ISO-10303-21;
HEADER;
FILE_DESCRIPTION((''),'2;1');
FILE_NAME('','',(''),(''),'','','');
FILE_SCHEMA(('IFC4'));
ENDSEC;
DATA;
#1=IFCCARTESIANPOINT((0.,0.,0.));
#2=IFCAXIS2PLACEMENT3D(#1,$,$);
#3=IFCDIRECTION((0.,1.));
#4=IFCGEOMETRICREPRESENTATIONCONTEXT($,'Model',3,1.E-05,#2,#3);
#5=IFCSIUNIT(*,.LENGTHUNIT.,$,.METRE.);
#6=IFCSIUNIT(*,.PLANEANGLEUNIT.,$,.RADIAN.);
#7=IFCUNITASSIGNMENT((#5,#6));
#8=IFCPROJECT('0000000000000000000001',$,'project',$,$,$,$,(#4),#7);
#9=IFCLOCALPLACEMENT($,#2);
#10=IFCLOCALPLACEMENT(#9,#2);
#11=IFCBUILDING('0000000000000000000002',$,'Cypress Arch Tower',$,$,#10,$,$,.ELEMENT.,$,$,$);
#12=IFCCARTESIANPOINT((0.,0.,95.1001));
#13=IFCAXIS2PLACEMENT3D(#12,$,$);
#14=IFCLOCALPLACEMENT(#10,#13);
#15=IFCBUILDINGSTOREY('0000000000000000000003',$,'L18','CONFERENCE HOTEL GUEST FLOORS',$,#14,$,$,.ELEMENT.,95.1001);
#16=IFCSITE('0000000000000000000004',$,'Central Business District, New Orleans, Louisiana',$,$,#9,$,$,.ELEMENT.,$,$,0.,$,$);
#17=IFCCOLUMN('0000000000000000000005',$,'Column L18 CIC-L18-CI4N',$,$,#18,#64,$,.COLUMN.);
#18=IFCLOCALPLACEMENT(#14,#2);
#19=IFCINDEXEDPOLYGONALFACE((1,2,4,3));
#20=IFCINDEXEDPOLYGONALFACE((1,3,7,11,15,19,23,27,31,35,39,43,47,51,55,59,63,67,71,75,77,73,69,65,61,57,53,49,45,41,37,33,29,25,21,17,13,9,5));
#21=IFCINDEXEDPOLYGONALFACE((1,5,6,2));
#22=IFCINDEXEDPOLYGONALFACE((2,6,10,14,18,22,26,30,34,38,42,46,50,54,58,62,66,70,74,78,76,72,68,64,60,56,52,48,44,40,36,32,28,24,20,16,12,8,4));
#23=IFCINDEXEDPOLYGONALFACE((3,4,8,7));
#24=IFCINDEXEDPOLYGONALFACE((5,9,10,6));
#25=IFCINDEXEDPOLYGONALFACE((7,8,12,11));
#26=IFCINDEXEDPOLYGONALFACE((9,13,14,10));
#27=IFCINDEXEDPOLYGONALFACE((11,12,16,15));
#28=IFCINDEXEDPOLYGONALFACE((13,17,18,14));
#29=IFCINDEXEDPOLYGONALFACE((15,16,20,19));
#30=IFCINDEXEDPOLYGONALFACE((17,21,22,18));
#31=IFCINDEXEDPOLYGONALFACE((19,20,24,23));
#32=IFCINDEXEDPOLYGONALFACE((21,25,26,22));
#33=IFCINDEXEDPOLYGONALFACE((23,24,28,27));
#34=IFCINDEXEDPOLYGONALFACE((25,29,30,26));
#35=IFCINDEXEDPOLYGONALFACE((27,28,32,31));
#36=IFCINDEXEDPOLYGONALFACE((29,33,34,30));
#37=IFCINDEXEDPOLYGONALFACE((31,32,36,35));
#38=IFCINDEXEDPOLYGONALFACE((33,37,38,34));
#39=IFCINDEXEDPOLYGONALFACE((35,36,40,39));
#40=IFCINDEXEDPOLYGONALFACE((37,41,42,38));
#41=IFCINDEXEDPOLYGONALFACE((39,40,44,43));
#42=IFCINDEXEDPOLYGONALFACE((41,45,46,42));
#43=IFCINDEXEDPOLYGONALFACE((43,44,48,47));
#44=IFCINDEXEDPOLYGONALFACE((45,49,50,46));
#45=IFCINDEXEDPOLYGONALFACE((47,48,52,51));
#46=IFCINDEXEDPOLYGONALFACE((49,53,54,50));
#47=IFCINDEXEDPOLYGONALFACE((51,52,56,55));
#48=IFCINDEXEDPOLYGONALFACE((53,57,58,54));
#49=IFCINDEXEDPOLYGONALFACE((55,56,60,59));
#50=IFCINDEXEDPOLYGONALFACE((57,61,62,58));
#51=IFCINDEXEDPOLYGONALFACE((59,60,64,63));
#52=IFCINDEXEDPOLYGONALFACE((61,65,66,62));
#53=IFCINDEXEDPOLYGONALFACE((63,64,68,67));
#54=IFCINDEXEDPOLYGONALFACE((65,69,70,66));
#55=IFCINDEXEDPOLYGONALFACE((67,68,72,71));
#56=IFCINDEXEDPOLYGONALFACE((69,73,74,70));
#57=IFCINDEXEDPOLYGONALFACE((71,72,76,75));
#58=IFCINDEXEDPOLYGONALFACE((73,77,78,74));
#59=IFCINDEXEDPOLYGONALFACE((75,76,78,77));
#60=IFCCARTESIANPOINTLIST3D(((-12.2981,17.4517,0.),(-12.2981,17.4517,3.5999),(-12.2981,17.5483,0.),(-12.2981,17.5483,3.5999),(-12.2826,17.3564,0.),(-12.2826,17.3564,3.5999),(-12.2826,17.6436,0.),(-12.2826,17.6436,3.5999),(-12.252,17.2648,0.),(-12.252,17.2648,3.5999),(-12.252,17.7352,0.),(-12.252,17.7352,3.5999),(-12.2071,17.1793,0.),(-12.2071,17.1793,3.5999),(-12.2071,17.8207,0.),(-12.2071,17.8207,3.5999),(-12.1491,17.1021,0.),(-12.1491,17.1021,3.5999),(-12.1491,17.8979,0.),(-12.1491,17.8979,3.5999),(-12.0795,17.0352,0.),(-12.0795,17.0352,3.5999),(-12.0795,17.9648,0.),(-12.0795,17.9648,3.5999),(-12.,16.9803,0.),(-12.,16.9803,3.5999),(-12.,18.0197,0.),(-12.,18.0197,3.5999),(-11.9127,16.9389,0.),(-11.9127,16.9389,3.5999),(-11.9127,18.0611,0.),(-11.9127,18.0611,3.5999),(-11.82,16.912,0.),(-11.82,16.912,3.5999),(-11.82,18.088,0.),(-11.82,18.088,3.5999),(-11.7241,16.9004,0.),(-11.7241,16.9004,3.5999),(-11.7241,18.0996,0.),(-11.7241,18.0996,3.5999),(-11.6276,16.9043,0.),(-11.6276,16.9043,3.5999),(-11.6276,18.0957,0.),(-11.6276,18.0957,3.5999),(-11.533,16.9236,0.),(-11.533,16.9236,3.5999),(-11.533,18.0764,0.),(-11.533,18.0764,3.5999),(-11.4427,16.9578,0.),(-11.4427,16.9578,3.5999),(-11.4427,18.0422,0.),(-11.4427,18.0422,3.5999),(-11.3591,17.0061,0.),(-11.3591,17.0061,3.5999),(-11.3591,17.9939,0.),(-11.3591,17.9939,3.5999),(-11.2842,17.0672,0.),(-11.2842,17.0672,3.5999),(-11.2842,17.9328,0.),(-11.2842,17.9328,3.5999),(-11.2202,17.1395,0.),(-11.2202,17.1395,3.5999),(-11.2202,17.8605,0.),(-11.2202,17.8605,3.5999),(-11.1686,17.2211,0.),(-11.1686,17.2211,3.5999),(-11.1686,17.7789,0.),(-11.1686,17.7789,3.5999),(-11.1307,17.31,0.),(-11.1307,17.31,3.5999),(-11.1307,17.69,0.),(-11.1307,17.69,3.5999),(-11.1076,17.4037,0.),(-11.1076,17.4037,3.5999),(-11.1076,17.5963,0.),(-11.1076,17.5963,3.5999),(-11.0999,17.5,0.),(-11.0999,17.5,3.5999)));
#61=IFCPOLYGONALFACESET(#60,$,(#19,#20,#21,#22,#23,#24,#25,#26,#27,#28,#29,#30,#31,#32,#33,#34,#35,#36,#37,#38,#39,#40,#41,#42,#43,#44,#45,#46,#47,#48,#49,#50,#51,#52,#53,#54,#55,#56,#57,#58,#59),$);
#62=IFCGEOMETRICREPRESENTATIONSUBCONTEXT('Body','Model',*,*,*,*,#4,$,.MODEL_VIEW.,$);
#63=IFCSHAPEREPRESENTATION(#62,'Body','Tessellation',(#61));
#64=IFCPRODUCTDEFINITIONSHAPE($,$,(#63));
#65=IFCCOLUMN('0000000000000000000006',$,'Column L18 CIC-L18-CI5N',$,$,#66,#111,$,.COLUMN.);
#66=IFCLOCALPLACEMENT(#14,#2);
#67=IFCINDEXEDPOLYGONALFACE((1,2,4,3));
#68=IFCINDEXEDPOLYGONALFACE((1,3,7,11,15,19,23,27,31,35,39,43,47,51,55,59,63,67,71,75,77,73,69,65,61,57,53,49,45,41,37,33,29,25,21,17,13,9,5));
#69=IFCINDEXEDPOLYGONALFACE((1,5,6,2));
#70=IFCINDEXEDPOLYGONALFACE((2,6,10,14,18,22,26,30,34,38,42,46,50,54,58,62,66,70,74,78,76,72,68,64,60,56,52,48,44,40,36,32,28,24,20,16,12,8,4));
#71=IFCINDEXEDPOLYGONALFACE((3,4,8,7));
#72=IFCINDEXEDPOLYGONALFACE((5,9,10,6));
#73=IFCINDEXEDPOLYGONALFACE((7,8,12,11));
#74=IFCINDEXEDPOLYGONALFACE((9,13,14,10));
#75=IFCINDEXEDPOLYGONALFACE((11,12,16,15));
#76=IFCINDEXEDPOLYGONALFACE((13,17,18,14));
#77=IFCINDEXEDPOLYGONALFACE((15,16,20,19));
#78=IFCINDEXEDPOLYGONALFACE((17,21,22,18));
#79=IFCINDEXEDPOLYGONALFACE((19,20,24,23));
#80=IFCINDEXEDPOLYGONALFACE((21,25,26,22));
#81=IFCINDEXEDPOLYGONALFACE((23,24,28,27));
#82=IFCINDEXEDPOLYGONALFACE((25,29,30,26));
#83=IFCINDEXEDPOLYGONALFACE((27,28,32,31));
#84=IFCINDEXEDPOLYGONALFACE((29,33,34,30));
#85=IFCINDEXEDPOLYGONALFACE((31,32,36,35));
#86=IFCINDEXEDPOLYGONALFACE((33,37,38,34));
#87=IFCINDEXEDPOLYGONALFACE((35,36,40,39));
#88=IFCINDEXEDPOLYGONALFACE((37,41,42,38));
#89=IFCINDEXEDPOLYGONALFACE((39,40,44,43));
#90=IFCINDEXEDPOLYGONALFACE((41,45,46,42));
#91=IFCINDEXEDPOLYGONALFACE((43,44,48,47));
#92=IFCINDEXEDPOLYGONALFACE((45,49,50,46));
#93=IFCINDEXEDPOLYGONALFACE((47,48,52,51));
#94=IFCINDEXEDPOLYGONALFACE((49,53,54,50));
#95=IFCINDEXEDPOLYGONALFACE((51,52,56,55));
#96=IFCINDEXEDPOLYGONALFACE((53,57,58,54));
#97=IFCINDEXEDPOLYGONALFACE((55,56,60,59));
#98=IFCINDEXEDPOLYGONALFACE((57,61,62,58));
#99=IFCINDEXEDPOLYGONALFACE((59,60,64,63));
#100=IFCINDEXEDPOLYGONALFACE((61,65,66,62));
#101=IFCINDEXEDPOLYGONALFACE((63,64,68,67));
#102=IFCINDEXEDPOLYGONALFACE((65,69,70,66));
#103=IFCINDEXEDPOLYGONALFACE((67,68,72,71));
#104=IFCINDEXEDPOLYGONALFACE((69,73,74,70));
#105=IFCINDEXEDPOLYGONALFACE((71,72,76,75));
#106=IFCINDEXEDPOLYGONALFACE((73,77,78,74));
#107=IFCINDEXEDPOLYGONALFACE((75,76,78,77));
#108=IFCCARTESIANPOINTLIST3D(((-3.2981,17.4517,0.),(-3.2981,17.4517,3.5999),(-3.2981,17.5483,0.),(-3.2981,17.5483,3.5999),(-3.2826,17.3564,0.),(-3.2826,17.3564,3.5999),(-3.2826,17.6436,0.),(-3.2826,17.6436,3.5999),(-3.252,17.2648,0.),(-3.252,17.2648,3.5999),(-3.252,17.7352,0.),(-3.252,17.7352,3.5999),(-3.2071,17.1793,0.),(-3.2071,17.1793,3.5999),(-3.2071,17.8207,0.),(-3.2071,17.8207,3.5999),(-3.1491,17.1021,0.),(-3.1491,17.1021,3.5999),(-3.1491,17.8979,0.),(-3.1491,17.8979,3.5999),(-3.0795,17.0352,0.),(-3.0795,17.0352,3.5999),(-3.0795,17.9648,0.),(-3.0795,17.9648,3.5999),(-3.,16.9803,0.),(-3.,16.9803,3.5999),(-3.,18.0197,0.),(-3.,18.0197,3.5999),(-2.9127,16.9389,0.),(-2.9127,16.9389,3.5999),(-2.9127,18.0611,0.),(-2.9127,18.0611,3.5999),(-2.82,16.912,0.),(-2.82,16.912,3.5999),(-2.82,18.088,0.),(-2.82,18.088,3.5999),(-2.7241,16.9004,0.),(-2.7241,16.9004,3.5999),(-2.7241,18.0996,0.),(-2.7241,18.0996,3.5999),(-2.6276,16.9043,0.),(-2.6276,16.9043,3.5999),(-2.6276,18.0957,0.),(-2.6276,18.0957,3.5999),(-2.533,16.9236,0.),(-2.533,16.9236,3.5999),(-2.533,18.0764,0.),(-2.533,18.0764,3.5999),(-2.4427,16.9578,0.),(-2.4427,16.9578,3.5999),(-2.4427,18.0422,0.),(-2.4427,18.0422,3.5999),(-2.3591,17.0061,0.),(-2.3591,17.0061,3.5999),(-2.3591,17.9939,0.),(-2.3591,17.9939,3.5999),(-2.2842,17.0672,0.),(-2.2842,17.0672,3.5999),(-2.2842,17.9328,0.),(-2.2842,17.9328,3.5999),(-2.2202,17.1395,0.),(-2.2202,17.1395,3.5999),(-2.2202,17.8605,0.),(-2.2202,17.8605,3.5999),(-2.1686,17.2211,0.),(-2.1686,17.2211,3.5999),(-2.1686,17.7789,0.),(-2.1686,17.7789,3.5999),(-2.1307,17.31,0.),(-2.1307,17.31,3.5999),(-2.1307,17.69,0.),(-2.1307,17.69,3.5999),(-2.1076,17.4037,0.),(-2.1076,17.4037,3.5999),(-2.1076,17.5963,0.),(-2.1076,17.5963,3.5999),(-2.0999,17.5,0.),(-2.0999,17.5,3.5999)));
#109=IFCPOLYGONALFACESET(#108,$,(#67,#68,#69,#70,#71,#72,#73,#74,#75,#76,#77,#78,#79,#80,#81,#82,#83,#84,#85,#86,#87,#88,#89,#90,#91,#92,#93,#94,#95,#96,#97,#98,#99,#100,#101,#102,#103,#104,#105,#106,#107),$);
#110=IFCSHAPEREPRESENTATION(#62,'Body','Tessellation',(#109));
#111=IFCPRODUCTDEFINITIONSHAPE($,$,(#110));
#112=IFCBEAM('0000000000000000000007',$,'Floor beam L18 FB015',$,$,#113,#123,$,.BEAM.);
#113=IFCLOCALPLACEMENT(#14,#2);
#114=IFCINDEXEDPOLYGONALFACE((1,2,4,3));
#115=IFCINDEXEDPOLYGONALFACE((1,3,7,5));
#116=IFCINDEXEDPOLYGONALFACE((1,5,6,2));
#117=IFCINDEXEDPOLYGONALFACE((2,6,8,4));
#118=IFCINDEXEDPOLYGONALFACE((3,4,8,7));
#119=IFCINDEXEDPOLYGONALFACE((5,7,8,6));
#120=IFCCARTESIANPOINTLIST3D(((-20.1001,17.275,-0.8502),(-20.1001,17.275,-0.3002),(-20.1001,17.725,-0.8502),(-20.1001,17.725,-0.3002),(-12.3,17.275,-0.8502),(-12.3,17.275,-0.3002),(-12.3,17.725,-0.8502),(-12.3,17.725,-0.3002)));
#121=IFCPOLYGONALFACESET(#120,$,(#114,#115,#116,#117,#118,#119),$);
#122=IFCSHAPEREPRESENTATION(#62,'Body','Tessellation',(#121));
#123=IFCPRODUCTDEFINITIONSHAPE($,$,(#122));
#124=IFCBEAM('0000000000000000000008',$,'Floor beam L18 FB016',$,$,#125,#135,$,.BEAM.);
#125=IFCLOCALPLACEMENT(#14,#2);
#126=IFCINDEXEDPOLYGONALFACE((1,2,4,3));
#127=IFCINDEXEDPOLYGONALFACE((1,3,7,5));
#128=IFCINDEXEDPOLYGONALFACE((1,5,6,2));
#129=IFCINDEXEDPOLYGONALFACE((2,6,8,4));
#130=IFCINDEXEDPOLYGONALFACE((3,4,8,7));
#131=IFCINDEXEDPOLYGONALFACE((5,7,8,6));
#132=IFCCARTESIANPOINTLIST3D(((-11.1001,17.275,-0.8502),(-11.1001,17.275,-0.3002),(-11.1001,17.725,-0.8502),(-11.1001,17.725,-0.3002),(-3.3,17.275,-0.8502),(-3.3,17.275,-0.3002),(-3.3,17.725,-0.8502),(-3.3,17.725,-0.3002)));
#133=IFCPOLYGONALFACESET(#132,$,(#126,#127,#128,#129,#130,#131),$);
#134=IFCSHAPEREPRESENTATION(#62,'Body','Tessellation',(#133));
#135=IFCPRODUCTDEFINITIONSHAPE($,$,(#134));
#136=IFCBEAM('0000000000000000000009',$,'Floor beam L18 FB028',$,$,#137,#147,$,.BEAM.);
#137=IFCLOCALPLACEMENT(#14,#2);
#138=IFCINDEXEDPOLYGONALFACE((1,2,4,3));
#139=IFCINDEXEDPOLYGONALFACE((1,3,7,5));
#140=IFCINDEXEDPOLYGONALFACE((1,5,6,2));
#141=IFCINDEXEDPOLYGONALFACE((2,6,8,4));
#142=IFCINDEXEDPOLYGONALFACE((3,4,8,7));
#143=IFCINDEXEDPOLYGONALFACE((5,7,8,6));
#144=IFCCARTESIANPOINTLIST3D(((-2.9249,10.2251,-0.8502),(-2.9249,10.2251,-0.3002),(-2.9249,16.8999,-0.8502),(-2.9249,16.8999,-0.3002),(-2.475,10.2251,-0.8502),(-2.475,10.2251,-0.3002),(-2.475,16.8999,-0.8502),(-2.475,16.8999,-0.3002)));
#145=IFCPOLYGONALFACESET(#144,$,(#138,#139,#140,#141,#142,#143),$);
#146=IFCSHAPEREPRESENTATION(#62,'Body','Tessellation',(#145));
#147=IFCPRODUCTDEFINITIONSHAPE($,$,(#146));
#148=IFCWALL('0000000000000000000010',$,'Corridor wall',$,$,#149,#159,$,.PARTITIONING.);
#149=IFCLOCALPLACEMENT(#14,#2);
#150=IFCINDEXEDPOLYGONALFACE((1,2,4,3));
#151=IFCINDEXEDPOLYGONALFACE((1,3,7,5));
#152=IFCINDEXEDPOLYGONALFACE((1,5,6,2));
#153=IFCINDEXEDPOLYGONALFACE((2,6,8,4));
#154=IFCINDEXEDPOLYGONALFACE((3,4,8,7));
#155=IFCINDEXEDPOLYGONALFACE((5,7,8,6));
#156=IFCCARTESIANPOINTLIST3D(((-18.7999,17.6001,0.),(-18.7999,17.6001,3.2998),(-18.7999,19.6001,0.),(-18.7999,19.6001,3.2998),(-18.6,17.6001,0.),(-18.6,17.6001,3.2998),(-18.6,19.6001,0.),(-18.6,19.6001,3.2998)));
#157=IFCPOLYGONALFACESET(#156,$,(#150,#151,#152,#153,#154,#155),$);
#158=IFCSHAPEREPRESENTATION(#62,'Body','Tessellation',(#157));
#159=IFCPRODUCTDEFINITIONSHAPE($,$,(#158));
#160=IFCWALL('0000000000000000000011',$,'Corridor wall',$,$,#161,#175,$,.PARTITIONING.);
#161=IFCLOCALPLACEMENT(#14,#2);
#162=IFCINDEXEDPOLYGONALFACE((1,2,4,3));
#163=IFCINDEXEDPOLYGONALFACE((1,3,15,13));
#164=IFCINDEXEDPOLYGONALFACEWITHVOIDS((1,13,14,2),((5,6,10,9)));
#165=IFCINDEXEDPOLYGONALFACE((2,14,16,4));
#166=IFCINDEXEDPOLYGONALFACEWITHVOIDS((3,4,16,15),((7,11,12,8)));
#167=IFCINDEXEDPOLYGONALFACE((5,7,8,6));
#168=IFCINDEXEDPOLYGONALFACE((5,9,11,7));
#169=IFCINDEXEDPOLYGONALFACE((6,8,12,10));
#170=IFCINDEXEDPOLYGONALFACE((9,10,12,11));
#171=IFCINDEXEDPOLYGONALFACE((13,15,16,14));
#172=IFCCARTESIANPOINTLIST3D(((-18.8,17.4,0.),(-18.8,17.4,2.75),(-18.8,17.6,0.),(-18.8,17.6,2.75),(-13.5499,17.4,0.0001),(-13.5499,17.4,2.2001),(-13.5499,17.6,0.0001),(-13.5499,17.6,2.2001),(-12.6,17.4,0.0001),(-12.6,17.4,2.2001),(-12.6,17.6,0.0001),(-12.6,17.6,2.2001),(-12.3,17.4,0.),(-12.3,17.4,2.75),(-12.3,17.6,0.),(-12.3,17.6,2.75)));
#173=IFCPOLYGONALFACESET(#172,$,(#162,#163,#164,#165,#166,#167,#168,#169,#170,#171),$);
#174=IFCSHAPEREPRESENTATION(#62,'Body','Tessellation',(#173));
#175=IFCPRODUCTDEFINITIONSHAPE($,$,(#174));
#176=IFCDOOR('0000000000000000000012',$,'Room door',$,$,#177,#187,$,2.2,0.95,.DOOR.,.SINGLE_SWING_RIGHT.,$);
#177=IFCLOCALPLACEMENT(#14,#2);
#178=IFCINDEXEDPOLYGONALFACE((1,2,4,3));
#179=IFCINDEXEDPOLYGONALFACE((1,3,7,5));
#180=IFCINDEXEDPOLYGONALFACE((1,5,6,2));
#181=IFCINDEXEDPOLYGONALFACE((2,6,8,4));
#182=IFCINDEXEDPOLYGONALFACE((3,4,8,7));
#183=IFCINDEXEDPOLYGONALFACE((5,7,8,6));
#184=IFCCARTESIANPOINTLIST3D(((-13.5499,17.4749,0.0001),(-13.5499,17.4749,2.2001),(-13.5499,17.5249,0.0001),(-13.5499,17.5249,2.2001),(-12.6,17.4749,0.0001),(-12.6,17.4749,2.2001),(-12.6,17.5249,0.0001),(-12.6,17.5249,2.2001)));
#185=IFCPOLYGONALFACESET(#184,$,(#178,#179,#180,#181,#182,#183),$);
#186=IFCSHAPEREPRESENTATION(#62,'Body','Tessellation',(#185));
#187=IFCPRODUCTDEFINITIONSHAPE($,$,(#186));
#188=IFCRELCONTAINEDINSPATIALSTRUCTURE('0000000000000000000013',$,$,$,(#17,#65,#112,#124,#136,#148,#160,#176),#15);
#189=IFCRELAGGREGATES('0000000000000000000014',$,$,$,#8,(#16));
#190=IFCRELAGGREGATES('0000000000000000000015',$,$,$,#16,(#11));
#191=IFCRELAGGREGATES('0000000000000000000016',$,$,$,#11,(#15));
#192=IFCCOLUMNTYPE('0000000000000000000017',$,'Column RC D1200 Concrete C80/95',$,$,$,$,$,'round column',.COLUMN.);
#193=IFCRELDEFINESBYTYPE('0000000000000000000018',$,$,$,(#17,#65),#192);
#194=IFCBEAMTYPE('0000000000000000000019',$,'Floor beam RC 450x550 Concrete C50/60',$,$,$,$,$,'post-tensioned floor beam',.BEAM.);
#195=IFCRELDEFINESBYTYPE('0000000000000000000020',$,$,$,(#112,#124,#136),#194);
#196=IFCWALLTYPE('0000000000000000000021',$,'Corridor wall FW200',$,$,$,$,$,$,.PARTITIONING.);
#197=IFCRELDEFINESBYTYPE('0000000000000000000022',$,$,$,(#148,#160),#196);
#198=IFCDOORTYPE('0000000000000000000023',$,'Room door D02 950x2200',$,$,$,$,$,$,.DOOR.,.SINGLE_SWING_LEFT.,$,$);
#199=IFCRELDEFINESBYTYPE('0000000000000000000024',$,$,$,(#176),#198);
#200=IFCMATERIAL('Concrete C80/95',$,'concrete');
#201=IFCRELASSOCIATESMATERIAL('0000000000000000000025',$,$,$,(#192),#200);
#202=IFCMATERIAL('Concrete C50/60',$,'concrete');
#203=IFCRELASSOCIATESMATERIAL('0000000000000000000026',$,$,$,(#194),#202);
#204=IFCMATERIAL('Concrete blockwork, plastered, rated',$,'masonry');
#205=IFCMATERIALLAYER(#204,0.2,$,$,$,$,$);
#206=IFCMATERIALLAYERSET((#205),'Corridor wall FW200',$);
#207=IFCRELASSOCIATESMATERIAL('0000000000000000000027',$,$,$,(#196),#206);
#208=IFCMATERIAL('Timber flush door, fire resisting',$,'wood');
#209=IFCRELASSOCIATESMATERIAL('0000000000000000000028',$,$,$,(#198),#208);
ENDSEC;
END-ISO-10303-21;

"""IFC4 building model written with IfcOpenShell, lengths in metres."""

from ifc_helpers import new_model, si_unit, direction, frame, frame_2d, origin, origin_2d, place, context, subcontext, project, spatial, rectangle, circle, extrude, material, layer, layer_set, material_profile, profile_set, type_object, element, fill, save


model = new_model("IFC4")

# Units and contexts
model_context = context("Model", 3, precision=1e-05, world=origin(), true_north=direction((0.0, 1.0)))
body_context = subcontext(model_context, "Body", "Model", "MODEL_VIEW")
ifc_project = project(units=[si_unit("LENGTHUNIT", "METRE"), si_unit("PLANEANGLEUNIT", "RADIAN")], contexts=[model_context])

# Site, building, storey
site_placement = place(None, origin())
site = spatial("IfcSite", under=ifc_project, at=site_placement, Name="Central Business District, New Orleans, Louisiana", CompositionType="ELEMENT", RefElevation=0.0)
building_placement = place(site_placement, origin())
building = spatial("IfcBuilding", under=site, at=building_placement, Name="Cypress Arch Tower", CompositionType="ELEMENT")
storey_placement = place(building_placement, frame((0.0, 0.0, 95.1001)))
storey = spatial("IfcBuildingStorey", under=building, at=storey_placement, Name="L18", Description="CONFERENCE HOTEL GUEST FLOORS", CompositionType="ELEMENT", Elevation=95.1001)

# Columns
ifc_material_1 = material(Name="Concrete C80/95", Category="concrete")
ifc_material_profile_1 = material_profile(ifc_material_1, circle(Radius=0.6001, at=origin_2d()), Name="RC D1200")
ifc_profile_set_1 = profile_set([ifc_material_profile_1], Name="Concrete C80/95")
column_type = type_object("IfcColumnType", Name="Column RC D1200 Concrete C80/95", ElementType="round column", PredefinedType="COLUMN", material=ifc_profile_set_1)
for number, where, z_axis, x_axis, name in (
    (1, (-11.7, 17.5, 0.0), (0.0, 0.0, 1.0), (1.0, 0.0, 0.0), "Column L18 CIC-L18-CI4N"),
    (2, (-2.7, 17.5, 0.0), (0.0, 0.0, 1.0), (1.0, 0.0, 0.0), "Column L18 CIC-L18-CI5N"),
):
    element("IfcColumn", number, at=place(storey_placement, frame(where, z_axis=z_axis, x_axis=x_axis)), inside=storey, type_object=column_type, Name=name, PredefinedType="COLUMN", context=body_context, shape_type="SweptSolid", body=[
        extrude(circle(Radius=0.6001, at=origin_2d()), origin(), (0.0, 0.0, 1.0), 3.5999),
    ])

# Beams
ifc_material_2 = material(Name="Concrete C50/60", Category="concrete")
ifc_material_profile_2 = material_profile(ifc_material_2, rectangle(XDim=0.45, YDim=0.55, at=origin_2d()), Name="RC 450x550")
ifc_profile_set_2 = profile_set([ifc_material_profile_2], Name="Concrete C50/60")
beam_type = type_object("IfcBeamType", Name="Floor beam RC 450x550 Concrete C50/60", ElementType="post-tensioned floor beam", PredefinedType="BEAM", material=ifc_profile_set_2)
for number, where, z_axis, x_axis, name in (
    (3, (-20.1001, 17.5, -0.5752), (1.0, 0.0, 0.0), (0.0, 1.0, 0.0), "Floor beam L18 FB015"),
    (4, (-11.1001, 17.5, -0.5752), (1.0, 0.0, 0.0), (0.0, 1.0, 0.0), "Floor beam L18 FB016"),
):
    element("IfcBeam", number, at=place(storey_placement, frame(where, z_axis=z_axis, x_axis=x_axis)), inside=storey, type_object=beam_type, Name=name, PredefinedType="BEAM", context=body_context, shape_type="SweptSolid", body=[
        extrude(rectangle(XDim=0.45, YDim=0.55, at=origin_2d()), origin(), (0.0, 0.0, 1.0), 7.8),
    ])
beam_placement = place(storey_placement, frame((-2.7, 10.2251, -0.5752), z_axis=(0.0, 1.0, 0.0), x_axis=(-1.0, 0.0, 0.0)))
element("IfcBeam", 5, at=beam_placement, inside=storey, type_object=beam_type, Name="Floor beam L18 FB028", PredefinedType="BEAM", context=body_context, shape_type="SweptSolid", body=[
    extrude(rectangle(XDim=0.45, YDim=0.55, at=origin_2d()), origin(), (0.0, 0.0, 1.0), 6.6748),
])

# Wall
ifc_material_3 = material(Name="Concrete blockwork, plastered, rated", Category="masonry")
ifc_layer_1 = layer(ifc_material_3, 0.2)
ifc_layer_set_1 = layer_set([ifc_layer_1], Name="Corridor wall FW200")
wall_type_1 = type_object("IfcWallType", Name="Corridor wall FW200", PredefinedType="PARTITIONING", material=ifc_layer_set_1)
wall_1_placement = place(storey_placement, frame((-18.7, 17.6001, 0.0), z_axis=(0.0, 0.0, 1.0), x_axis=(0.0, 1.0, 0.0)))
element("IfcWall", 6, at=wall_1_placement, inside=storey, type_object=wall_type_1, Name="Corridor wall", PredefinedType="PARTITIONING", context=body_context, shape_type="SweptSolid", body=[
    extrude(rectangle(XDim=2.0, YDim=0.2, at=frame_2d((1.0, 0.0))), origin(), (0.0, 0.0, 1.0), 3.2998),
])

# Wall, opening, door
wall_2_placement = place(storey_placement, frame((-18.8, 17.5, 0.0), z_axis=(0.0, 0.0, 1.0), x_axis=(1.0, 0.0, 0.0)))
wall_2 = element("IfcWall", 7, at=wall_2_placement, inside=storey, type_object=wall_type_1, Name="Corridor wall", PredefinedType="PARTITIONING", context=body_context, shape_type="SweptSolid", body=[
    extrude(rectangle(XDim=6.5, YDim=0.2, at=frame_2d((3.25, 0.0))), origin(), (0.0, 0.0, 1.0), 2.75),
])
opening_1_placement = place(wall_2_placement, frame((5.25, 0.0, 0.0)))
opening_1 = element("IfcOpeningElement", 8, at=opening_1_placement, cuts=wall_2, PredefinedType="OPENING", context=body_context, shape_type="SweptSolid", body=[
    extrude(rectangle(XDim=0.95, YDim=2.2, at=frame_2d((0.4751, 1.1001))), frame((0.0, 0.1099, 0.0), z_axis=(0.0, -1.0, 0.0), x_axis=(1.0, 0.0, 0.0)), (0.0, 0.0, 1.0), 0.22),
])
ifc_material_4 = material(Name="Timber flush door, fire resisting", Category="wood")
door_type_1 = type_object("IfcDoorType", Name="Room door D02 950x2200", OperationType="SINGLE_SWING_LEFT", PredefinedType="DOOR", material=ifc_material_4)
door_1_placement = place(opening_1_placement, origin())
door_1 = element("IfcDoor", 9, at=door_1_placement, inside=storey, type_object=door_type_1, Name="Room door", OperationType="SINGLE_SWING_RIGHT", OverallHeight=2.2, OverallWidth=0.95, PredefinedType="DOOR", context=body_context, shape_type="SweptSolid", body=[
    extrude(rectangle(XDim=0.95, YDim=2.2, at=frame_2d((0.4751, 1.1001))), frame((0.0, 0.0249, 0.0), z_axis=(0.0, -1.0, 0.0), x_axis=(1.0, 0.0, 0.0)), (0.0, 0.0, 1.0), 0.05),
])
fill(opening_1, door_1)

save(model, "model.ifc")
